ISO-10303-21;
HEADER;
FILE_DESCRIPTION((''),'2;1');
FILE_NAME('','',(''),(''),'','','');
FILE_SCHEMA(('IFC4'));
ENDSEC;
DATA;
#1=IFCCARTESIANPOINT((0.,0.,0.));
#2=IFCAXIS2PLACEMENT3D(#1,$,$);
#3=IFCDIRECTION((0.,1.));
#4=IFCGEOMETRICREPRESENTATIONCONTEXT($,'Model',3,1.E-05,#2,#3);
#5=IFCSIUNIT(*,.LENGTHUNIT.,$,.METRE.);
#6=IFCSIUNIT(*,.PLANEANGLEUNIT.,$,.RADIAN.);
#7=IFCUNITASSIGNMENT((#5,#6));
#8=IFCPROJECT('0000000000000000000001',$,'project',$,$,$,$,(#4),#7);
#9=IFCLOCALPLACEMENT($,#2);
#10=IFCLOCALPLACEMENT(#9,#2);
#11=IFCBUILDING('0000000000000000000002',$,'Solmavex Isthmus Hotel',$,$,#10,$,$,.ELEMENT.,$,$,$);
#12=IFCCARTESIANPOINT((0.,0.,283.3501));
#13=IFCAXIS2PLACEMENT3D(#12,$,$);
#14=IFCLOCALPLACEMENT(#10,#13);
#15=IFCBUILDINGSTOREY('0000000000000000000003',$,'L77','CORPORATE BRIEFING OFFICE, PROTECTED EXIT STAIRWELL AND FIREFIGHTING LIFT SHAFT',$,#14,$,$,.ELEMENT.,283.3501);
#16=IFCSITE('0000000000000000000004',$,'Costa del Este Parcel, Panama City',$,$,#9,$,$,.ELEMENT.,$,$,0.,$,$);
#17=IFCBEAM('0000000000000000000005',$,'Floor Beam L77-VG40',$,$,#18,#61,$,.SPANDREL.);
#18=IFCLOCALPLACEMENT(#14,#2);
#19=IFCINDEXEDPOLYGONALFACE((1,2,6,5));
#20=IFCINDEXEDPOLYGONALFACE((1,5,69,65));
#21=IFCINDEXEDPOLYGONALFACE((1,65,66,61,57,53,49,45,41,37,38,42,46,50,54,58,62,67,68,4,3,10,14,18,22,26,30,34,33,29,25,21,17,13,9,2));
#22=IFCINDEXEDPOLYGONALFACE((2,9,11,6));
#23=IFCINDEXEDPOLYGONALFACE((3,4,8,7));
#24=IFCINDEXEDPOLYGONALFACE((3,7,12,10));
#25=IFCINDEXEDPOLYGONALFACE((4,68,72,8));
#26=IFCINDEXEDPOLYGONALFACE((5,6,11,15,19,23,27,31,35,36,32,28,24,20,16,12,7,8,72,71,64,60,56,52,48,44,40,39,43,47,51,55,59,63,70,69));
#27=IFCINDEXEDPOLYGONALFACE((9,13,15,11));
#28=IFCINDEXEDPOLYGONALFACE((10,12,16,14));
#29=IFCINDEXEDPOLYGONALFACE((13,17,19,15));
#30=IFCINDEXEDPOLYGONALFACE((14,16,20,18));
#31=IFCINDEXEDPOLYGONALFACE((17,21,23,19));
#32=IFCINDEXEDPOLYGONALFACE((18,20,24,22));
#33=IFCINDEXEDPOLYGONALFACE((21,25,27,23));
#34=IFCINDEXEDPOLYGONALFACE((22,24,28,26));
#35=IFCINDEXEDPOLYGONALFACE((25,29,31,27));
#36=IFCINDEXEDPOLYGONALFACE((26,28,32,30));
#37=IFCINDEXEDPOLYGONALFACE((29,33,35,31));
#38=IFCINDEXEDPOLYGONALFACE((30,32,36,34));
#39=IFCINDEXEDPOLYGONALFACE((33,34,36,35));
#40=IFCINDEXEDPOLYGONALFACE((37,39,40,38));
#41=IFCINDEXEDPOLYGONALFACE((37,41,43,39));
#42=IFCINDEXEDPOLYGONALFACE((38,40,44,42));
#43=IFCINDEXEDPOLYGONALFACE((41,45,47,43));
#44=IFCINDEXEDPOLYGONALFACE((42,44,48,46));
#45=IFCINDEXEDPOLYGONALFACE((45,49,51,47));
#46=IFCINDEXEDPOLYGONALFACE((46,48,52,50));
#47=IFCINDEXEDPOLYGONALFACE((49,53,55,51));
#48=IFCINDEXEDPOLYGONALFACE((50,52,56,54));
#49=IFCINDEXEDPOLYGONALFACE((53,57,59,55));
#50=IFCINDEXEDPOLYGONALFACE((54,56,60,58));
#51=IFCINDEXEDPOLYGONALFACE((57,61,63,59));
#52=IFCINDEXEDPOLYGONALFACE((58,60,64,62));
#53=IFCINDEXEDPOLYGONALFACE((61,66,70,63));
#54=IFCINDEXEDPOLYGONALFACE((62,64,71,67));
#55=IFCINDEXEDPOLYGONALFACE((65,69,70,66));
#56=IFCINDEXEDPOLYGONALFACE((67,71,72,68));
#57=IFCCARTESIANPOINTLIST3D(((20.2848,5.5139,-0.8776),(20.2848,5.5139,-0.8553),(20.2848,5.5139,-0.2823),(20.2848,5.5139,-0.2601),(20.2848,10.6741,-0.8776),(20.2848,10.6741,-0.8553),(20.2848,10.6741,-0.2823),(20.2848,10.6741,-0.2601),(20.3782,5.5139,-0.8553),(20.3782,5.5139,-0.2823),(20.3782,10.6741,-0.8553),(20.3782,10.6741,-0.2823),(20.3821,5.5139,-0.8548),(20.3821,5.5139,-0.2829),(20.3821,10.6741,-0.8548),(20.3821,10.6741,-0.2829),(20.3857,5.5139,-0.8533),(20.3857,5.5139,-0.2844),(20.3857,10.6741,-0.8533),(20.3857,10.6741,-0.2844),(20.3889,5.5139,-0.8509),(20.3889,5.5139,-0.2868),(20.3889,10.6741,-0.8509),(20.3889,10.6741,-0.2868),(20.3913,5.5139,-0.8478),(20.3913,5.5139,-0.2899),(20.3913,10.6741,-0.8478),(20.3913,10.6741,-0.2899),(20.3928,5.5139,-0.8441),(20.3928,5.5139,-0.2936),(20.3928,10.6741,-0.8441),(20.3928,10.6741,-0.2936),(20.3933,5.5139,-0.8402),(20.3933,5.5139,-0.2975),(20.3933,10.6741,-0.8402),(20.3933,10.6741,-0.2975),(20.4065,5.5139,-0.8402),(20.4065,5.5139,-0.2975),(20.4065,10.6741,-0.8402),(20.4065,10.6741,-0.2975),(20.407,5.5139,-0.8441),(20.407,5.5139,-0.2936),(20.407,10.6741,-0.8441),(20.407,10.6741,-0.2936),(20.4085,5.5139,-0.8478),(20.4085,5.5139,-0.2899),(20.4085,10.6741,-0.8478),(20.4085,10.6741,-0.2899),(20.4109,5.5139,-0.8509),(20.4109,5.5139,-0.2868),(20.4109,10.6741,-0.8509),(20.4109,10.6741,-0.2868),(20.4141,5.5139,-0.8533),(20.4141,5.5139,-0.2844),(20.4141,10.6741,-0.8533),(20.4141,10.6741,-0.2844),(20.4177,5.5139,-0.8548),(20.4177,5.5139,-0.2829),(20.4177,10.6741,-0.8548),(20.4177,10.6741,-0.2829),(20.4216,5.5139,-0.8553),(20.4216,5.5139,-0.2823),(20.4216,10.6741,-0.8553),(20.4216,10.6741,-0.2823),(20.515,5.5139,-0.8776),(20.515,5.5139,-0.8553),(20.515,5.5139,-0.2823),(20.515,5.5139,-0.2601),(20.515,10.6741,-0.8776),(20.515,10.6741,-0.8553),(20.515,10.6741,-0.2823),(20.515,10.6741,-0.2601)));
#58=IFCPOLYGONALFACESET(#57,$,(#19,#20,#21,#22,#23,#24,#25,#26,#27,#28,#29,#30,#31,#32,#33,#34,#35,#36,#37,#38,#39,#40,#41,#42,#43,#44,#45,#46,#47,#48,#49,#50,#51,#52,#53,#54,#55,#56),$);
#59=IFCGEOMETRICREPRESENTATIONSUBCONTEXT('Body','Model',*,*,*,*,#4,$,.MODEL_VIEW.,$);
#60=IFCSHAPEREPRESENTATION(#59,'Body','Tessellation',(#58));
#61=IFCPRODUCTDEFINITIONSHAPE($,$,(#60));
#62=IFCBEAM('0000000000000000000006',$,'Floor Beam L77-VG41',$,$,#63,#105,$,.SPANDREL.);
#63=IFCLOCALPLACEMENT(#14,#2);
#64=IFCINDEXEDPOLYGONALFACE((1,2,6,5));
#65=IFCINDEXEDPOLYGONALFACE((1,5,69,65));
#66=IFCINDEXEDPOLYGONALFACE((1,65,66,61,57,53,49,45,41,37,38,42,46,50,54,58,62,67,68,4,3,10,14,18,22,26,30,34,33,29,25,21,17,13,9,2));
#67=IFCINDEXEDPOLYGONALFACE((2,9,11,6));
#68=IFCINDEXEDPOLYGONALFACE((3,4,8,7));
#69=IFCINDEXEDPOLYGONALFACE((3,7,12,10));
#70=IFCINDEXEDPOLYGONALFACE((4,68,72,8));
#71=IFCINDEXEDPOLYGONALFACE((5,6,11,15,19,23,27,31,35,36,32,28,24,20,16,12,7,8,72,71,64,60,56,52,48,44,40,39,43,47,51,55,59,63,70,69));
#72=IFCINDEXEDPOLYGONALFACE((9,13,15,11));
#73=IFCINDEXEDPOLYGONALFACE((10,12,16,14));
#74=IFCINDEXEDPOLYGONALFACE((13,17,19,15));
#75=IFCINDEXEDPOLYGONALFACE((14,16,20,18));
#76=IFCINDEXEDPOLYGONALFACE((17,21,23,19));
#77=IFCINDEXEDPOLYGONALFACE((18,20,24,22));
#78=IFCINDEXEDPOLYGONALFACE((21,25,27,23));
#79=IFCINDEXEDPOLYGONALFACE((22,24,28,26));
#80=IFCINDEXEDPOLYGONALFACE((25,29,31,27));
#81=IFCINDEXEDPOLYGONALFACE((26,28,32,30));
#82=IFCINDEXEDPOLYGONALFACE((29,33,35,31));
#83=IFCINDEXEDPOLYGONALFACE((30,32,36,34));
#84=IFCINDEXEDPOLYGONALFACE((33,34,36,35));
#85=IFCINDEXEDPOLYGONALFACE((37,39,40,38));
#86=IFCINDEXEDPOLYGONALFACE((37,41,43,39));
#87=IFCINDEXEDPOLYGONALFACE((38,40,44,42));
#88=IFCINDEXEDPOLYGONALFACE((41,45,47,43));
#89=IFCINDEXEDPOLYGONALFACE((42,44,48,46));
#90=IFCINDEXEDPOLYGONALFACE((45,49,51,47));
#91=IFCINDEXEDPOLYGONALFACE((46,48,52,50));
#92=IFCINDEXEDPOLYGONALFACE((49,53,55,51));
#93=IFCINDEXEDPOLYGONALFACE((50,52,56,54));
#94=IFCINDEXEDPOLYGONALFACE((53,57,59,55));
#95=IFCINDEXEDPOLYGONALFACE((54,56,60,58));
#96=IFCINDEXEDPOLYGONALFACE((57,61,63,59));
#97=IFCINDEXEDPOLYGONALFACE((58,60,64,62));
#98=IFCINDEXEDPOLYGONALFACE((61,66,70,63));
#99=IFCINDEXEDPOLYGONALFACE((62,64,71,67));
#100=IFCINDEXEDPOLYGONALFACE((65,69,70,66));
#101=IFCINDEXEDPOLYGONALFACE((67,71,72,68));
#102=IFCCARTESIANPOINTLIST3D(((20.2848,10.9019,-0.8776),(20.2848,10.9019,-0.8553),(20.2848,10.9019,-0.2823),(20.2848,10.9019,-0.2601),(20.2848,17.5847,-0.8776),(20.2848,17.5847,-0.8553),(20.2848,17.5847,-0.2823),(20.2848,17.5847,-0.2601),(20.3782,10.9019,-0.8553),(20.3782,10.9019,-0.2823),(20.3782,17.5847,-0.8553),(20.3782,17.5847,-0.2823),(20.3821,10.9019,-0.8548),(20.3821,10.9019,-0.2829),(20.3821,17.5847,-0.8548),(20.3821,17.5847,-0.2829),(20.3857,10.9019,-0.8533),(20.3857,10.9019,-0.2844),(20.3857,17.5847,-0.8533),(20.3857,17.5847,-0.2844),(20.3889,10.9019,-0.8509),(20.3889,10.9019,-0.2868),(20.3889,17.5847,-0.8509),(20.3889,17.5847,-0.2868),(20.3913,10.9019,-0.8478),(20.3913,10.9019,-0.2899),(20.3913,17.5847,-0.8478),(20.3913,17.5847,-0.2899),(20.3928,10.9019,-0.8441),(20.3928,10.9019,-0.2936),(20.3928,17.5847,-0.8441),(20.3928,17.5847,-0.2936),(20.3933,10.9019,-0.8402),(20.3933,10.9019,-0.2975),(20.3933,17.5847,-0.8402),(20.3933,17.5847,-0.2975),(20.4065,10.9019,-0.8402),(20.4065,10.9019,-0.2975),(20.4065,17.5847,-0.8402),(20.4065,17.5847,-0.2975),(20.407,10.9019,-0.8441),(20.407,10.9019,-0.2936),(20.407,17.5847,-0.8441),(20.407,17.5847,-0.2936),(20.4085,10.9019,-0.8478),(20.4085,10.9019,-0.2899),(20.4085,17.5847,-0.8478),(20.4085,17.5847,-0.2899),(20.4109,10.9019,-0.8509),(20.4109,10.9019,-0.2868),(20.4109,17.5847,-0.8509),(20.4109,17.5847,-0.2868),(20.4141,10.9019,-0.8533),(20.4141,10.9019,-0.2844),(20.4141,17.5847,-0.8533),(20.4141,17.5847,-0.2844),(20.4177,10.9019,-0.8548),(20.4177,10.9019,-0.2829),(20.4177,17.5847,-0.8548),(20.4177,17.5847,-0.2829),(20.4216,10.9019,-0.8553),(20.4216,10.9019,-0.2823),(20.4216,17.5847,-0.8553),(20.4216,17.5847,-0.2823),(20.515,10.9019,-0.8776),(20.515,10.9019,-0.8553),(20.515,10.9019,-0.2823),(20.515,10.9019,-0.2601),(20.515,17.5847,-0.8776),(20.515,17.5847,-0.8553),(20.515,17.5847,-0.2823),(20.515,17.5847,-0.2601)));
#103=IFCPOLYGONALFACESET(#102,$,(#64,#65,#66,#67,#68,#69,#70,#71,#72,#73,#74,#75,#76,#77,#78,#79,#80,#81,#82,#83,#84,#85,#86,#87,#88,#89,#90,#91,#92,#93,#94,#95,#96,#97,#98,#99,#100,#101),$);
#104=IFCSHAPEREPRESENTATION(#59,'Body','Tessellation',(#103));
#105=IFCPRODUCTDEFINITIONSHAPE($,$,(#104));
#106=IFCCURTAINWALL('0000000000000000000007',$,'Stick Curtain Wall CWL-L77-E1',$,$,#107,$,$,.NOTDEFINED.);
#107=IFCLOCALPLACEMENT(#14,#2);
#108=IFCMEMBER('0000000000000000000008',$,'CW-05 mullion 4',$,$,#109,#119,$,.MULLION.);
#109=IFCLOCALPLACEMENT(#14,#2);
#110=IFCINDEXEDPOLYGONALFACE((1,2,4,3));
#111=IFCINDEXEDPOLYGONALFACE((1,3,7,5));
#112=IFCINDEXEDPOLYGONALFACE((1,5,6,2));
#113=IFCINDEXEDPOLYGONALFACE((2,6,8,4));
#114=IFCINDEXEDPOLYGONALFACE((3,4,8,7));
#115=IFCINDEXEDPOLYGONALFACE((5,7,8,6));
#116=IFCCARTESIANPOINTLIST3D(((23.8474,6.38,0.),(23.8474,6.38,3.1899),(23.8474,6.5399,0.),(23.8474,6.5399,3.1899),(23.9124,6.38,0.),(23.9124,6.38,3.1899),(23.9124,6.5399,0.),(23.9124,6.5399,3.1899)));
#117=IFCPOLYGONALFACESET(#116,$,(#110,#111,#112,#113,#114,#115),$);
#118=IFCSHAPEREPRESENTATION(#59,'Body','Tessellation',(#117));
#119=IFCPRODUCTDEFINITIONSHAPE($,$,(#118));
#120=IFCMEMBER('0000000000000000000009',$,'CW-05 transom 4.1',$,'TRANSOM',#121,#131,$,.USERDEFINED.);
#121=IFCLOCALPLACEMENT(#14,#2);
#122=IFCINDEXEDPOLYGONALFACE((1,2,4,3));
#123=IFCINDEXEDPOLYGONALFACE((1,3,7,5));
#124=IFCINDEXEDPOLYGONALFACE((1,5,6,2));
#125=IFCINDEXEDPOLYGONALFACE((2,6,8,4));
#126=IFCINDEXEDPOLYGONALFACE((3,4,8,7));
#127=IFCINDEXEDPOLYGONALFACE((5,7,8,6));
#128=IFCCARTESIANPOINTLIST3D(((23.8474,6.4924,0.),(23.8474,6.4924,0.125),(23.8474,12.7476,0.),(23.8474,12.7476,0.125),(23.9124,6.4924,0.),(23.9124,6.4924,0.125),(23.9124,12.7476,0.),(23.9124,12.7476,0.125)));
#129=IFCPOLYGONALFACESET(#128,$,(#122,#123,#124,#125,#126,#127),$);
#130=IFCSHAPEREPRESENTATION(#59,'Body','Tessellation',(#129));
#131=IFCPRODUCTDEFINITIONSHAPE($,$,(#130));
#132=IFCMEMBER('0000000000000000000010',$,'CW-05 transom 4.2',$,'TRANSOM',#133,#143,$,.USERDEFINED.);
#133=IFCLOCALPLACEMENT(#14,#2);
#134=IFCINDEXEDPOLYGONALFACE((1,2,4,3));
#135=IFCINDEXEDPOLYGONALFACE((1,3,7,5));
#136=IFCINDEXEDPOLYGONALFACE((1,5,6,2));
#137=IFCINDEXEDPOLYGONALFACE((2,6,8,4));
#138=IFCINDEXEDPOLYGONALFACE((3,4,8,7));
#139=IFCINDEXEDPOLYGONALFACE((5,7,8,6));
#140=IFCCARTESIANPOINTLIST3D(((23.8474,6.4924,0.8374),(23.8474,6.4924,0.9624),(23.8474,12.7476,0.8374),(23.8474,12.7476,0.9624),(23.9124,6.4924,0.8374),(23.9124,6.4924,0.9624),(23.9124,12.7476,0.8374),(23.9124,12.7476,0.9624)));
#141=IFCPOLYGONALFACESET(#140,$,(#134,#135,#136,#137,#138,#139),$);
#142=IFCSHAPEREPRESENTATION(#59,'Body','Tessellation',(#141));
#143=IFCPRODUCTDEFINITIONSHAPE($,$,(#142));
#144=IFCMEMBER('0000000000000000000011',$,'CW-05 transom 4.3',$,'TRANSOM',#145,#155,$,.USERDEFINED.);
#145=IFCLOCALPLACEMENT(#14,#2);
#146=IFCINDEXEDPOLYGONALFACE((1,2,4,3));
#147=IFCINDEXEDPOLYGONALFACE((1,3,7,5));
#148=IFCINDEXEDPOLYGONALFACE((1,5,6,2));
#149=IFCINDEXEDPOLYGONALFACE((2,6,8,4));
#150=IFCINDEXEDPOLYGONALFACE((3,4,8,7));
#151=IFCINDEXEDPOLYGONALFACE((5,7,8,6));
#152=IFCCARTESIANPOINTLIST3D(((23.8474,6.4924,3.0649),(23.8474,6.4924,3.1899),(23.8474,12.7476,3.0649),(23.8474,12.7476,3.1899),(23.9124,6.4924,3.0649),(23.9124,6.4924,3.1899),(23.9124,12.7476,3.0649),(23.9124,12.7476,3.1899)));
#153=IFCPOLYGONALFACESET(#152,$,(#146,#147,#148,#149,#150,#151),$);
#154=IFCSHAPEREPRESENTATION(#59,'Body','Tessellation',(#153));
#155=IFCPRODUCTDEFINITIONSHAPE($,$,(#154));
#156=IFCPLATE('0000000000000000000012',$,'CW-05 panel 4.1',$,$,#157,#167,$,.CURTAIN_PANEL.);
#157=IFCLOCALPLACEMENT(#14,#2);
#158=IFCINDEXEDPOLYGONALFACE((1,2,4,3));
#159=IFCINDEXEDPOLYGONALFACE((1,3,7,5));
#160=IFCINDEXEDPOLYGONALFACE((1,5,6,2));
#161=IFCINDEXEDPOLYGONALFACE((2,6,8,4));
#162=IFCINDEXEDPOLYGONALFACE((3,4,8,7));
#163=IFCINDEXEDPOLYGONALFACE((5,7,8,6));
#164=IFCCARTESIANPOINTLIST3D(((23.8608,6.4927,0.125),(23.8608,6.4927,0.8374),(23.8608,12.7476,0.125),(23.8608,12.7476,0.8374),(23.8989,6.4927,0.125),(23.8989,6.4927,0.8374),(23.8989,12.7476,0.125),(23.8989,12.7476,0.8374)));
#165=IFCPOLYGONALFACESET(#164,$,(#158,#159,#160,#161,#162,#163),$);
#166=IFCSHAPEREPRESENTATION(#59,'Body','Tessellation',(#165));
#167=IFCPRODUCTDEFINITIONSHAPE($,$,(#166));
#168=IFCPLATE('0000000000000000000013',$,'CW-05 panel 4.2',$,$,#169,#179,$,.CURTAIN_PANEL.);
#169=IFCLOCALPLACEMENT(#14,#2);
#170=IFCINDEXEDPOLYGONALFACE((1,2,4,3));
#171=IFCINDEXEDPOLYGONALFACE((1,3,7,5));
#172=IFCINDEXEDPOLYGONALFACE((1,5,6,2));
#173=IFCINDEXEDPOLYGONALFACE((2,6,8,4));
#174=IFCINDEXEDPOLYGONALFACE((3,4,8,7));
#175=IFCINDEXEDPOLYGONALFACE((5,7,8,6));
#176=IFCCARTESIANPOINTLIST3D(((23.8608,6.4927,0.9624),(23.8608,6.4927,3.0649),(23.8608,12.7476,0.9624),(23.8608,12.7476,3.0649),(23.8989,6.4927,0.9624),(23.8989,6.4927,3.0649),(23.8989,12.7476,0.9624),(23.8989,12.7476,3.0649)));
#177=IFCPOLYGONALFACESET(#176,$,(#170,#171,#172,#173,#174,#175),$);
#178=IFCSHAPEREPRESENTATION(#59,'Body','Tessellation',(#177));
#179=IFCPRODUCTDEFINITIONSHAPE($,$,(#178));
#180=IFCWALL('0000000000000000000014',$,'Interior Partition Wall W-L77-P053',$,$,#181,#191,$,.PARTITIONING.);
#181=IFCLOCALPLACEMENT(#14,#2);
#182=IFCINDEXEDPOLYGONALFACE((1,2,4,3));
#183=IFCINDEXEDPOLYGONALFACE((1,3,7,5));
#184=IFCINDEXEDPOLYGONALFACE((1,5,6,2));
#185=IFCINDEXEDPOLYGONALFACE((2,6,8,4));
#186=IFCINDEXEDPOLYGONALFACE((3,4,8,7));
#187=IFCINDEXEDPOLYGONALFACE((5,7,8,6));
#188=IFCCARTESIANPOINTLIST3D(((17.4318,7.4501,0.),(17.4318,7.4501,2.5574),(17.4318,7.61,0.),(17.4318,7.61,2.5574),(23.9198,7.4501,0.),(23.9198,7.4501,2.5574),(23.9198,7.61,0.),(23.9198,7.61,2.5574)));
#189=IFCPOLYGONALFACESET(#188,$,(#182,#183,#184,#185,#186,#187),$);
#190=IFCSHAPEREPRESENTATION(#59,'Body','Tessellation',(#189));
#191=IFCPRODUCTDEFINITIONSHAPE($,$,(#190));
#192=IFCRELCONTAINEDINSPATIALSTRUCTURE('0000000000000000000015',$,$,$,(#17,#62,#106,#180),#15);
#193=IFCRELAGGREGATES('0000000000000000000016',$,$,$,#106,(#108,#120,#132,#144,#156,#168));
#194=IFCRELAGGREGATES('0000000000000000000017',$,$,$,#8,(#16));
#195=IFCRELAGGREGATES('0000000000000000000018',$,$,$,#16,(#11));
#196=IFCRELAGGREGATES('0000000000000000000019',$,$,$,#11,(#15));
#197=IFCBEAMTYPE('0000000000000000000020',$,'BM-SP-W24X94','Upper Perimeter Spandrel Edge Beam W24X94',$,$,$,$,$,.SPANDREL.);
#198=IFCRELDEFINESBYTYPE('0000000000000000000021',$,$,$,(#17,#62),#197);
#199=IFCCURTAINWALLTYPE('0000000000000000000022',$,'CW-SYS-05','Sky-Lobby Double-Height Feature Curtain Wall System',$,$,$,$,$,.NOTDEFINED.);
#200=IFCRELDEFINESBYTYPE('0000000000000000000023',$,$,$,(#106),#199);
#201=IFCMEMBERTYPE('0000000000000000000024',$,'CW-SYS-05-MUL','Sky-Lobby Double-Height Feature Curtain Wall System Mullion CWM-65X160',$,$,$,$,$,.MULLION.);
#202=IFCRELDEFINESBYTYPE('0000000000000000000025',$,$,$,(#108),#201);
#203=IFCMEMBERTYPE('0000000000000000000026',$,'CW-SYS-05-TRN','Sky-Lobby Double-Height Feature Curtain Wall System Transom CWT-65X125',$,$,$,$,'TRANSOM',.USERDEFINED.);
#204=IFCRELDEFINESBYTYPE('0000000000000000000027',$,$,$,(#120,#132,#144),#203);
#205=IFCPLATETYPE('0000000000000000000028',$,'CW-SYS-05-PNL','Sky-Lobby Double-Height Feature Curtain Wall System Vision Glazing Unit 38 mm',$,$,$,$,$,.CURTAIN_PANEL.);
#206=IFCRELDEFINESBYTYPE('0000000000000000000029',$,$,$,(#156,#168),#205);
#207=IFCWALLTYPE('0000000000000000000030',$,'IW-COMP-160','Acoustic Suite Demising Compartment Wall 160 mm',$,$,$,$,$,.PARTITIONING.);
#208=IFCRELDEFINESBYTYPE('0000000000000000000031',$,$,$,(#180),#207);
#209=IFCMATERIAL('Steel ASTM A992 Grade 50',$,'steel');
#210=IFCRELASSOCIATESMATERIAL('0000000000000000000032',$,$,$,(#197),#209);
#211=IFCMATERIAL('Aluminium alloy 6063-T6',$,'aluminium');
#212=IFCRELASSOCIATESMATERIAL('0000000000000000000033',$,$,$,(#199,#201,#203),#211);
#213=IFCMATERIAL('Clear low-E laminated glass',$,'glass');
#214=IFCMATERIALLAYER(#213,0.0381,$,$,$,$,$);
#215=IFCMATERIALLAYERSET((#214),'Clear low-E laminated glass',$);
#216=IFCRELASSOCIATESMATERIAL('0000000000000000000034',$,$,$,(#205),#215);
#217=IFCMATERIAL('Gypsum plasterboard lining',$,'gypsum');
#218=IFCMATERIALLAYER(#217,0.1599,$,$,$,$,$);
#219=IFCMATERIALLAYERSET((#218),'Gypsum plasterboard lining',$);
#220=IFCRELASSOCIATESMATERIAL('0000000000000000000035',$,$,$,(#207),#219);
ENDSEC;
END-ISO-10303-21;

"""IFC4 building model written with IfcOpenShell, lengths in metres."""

from ifc_helpers import new_model, si_unit, direction, frame, frame_2d, origin, origin_2d, place, context, subcontext, project, spatial, rectangle, i_section, extrude, material, layer, layer_set, material_profile, profile_set, type_object, element, aggregate, save


model = new_model("IFC4")

# Units and contexts
model_context = context("Model", 3, precision=1e-05, world=origin(), true_north=direction((0.0, 1.0)))
body_context = subcontext(model_context, "Body", "Model", "MODEL_VIEW")
ifc_project = project(units=[si_unit("LENGTHUNIT", "METRE"), si_unit("PLANEANGLEUNIT", "RADIAN")], contexts=[model_context])

# Site, building, storey
site_placement = place(None, origin())
site = spatial("IfcSite", under=ifc_project, at=site_placement, Name="Costa del Este Parcel, Panama City", CompositionType="ELEMENT", RefElevation=0.0)
building_placement = place(site_placement, origin())
building = spatial("IfcBuilding", under=site, at=building_placement, Name="Solmavex Isthmus Hotel", CompositionType="ELEMENT")
storey_placement = place(building_placement, frame((0.0, 0.0, 283.3501)))
storey = spatial("IfcBuildingStorey", under=building, at=storey_placement, Name="L77", Description="CORPORATE BRIEFING OFFICE, PROTECTED EXIT STAIRWELL AND FIREFIGHTING LIFT SHAFT", CompositionType="ELEMENT", Elevation=283.3501)

# Beams
ifc_material_1 = material(Name="Steel ASTM A992 Grade 50", Category="steel")
ifc_material_profile_1 = material_profile(ifc_material_1, i_section(OverallWidth=0.2302, OverallDepth=0.6174, WebThickness=0.0132, FlangeThickness=0.0222, FilletRadius=0.0151, at=origin_2d()), Name="W24X94")
ifc_profile_set_1 = profile_set([ifc_material_profile_1], Name="Steel ASTM A992 Grade 50")
beam_type_1 = type_object("IfcBeamType", Name="BM-SP-W24X94", Description="Upper Perimeter Spandrel Edge Beam W24X94", PredefinedType="SPANDREL", material=ifc_profile_set_1)
beam_1_placement = place(storey_placement, frame((20.3999, 5.5139, -0.5688), z_axis=(0.0, 1.0, 0.0), x_axis=(-1.0, 0.0, 0.0)))
element("IfcBeam", 1, at=beam_1_placement, inside=storey, type_object=beam_type_1, Name="Floor Beam L77-VG40", PredefinedType="SPANDREL", context=body_context, shape_type="SweptSolid", body=[
    extrude(i_section(OverallWidth=0.2302, OverallDepth=0.6174, WebThickness=0.0132, FlangeThickness=0.0222, FilletRadius=0.0151, at=origin_2d()), origin(), (0.0, 0.0, 1.0), 5.1602),
])
beam_2_placement = place(storey_placement, frame((20.3999, 10.9019, -0.5688), z_axis=(0.0, 1.0, 0.0), x_axis=(-1.0, 0.0, 0.0)))
element("IfcBeam", 2, at=beam_2_placement, inside=storey, type_object=beam_type_1, Name="Floor Beam L77-VG41", PredefinedType="SPANDREL", context=body_context, shape_type="SweptSolid", body=[
    extrude(i_section(OverallWidth=0.2302, OverallDepth=0.6174, WebThickness=0.0132, FlangeThickness=0.0222, FilletRadius=0.0151, at=origin_2d()), origin(), (0.0, 0.0, 1.0), 6.6829),
])

# Curtain wall, members, plates
ifc_material_2 = material(Name="Aluminium alloy 6063-T6", Category="aluminium")
curtain_wall_type = type_object("IfcCurtainWallType", Name="CW-SYS-05", Description="Sky-Lobby Double-Height Feature Curtain Wall System", PredefinedType="NOTDEFINED", material=ifc_material_2)
curtain_wall_placement = place(storey_placement, origin())
curtain_wall = element("IfcCurtainWall", 3, at=curtain_wall_placement, inside=storey, type_object=curtain_wall_type, Name="Stick Curtain Wall CWL-L77-E1", PredefinedType="NOTDEFINED")
ifc_material_profile_2 = material_profile(ifc_material_2, rectangle(XDim=0.0649, YDim=0.1599, at=origin_2d()), Name="CWM-65X160")
ifc_profile_set_2 = profile_set([ifc_material_profile_2], Name="Aluminium alloy 6063-T6")
member_type_1 = type_object("IfcMemberType", Name="CW-SYS-05-MUL", Description="Sky-Lobby Double-Height Feature Curtain Wall System Mullion CWM-65X160", PredefinedType="MULLION", material=ifc_profile_set_2)
member_1_placement = place(storey_placement, frame((23.8799, 6.46, 0.0), z_axis=(0.0, 0.0, 1.0), x_axis=(-1.0, 0.0, 0.0)))
member_1 = element("IfcMember", 4, at=member_1_placement, type_object=member_type_1, Name="CW-05 mullion 4", PredefinedType="MULLION", context=body_context, shape_type="SweptSolid", body=[
    extrude(rectangle(XDim=0.0649, YDim=0.1599, at=origin_2d()), origin(), (0.0, 0.0, 1.0), 3.1899),
])
ifc_material_profile_3 = material_profile(ifc_material_2, rectangle(XDim=0.0649, YDim=0.125, at=origin_2d()), Name="CWT-65X125")
ifc_profile_set_3 = profile_set([ifc_material_profile_3], Name="Aluminium alloy 6063-T6")
member_type_2 = type_object("IfcMemberType", Name="CW-SYS-05-TRN", Description="Sky-Lobby Double-Height Feature Curtain Wall System Transom CWT-65X125", ElementType="TRANSOM", PredefinedType="USERDEFINED", material=ifc_profile_set_3)
member_2_placement = place(storey_placement, frame((23.8799, 6.4924, 0.0625), z_axis=(0.0, 1.0, 0.0), x_axis=(-1.0, 0.0, 0.0)))
member_2 = element("IfcMember", 5, at=member_2_placement, type_object=member_type_2, Name="CW-05 transom 4.1", ObjectType="TRANSOM", PredefinedType="USERDEFINED", context=body_context, shape_type="SweptSolid", body=[
    extrude(rectangle(XDim=0.0649, YDim=0.125, at=origin_2d()), origin(), (0.0, 0.0, 1.0), 6.2551),
])
member_3_placement = place(storey_placement, frame((23.8799, 6.4924, 0.8999), z_axis=(0.0, 1.0, 0.0), x_axis=(-1.0, 0.0, 0.0)))
member_3 = element("IfcMember", 6, at=member_3_placement, type_object=member_type_2, Name="CW-05 transom 4.2", ObjectType="TRANSOM", PredefinedType="USERDEFINED", context=body_context, shape_type="SweptSolid", body=[
    extrude(rectangle(XDim=0.0649, YDim=0.125, at=origin_2d()), origin(), (0.0, 0.0, 1.0), 6.2551),
])
member_4_placement = place(storey_placement, frame((23.8799, 6.4924, 3.1274), z_axis=(0.0, 1.0, 0.0), x_axis=(-1.0, 0.0, 0.0)))
member_4 = element("IfcMember", 7, at=member_4_placement, type_object=member_type_2, Name="CW-05 transom 4.3", ObjectType="TRANSOM", PredefinedType="USERDEFINED", context=body_context, shape_type="SweptSolid", body=[
    extrude(rectangle(XDim=0.0649, YDim=0.125, at=origin_2d()), origin(), (0.0, 0.0, 1.0), 6.2551),
])
ifc_material_3 = material(Name="Clear low-E laminated glass", Category="glass")
ifc_layer_1 = layer(ifc_material_3, 0.0381)
ifc_layer_set_1 = layer_set([ifc_layer_1], Name="Clear low-E laminated glass")
plate_type = type_object("IfcPlateType", Name="CW-SYS-05-PNL", Description="Sky-Lobby Double-Height Feature Curtain Wall System Vision Glazing Unit 38 mm", PredefinedType="CURTAIN_PANEL", material=ifc_layer_set_1)
plate_1_placement = place(storey_placement, frame((23.8799, 9.6201, 0.125), z_axis=(0.0, 0.0, 1.0), x_axis=(0.0, 1.0, 0.0)))
plate_1 = element("IfcPlate", 8, at=plate_1_placement, type_object=plate_type, Name="CW-05 panel 4.1", PredefinedType="CURTAIN_PANEL", context=body_context, shape_type="SweptSolid", body=[
    extrude(rectangle(XDim=6.2549, YDim=0.0381, at=origin_2d()), origin(), (0.0, 0.0, 1.0), 0.7124),
])
plate_2_placement = place(storey_placement, frame((23.8799, 9.6201, 0.9624), z_axis=(0.0, 0.0, 1.0), x_axis=(0.0, 1.0, 0.0)))
plate_2 = element("IfcPlate", 9, at=plate_2_placement, type_object=plate_type, Name="CW-05 panel 4.2", PredefinedType="CURTAIN_PANEL", context=body_context, shape_type="SweptSolid", body=[
    extrude(rectangle(XDim=6.2549, YDim=0.0381, at=origin_2d()), origin(), (0.0, 0.0, 1.0), 2.1025),
])
aggregate(curtain_wall, [member_1, member_2, member_3, member_4, plate_1, plate_2])

# Wall
ifc_material_4 = material(Name="Gypsum plasterboard lining", Category="gypsum")
ifc_layer_2 = layer(ifc_material_4, 0.1599)
ifc_layer_set_2 = layer_set([ifc_layer_2], Name="Gypsum plasterboard lining")
wall_type_1 = type_object("IfcWallType", Name="IW-COMP-160", Description="Acoustic Suite Demising Compartment Wall 160 mm", PredefinedType="PARTITIONING", material=ifc_layer_set_2)
wall_1_placement = place(storey_placement, frame((23.9199, 7.53, 0.0), z_axis=(0.0, 0.0, 1.0), x_axis=(-1.0, 0.0, 0.0)))
element("IfcWall", 10, at=wall_1_placement, inside=storey, type_object=wall_type_1, Name="Interior Partition Wall W-L77-P053", PredefinedType="PARTITIONING", context=body_context, shape_type="SweptSolid", body=[
    extrude(rectangle(XDim=6.488, YDim=0.1599, at=frame_2d((3.2441, 0.0))), origin(), (0.0, 0.0, 1.0), 2.5574),
])

save(model, "model.ifc")
